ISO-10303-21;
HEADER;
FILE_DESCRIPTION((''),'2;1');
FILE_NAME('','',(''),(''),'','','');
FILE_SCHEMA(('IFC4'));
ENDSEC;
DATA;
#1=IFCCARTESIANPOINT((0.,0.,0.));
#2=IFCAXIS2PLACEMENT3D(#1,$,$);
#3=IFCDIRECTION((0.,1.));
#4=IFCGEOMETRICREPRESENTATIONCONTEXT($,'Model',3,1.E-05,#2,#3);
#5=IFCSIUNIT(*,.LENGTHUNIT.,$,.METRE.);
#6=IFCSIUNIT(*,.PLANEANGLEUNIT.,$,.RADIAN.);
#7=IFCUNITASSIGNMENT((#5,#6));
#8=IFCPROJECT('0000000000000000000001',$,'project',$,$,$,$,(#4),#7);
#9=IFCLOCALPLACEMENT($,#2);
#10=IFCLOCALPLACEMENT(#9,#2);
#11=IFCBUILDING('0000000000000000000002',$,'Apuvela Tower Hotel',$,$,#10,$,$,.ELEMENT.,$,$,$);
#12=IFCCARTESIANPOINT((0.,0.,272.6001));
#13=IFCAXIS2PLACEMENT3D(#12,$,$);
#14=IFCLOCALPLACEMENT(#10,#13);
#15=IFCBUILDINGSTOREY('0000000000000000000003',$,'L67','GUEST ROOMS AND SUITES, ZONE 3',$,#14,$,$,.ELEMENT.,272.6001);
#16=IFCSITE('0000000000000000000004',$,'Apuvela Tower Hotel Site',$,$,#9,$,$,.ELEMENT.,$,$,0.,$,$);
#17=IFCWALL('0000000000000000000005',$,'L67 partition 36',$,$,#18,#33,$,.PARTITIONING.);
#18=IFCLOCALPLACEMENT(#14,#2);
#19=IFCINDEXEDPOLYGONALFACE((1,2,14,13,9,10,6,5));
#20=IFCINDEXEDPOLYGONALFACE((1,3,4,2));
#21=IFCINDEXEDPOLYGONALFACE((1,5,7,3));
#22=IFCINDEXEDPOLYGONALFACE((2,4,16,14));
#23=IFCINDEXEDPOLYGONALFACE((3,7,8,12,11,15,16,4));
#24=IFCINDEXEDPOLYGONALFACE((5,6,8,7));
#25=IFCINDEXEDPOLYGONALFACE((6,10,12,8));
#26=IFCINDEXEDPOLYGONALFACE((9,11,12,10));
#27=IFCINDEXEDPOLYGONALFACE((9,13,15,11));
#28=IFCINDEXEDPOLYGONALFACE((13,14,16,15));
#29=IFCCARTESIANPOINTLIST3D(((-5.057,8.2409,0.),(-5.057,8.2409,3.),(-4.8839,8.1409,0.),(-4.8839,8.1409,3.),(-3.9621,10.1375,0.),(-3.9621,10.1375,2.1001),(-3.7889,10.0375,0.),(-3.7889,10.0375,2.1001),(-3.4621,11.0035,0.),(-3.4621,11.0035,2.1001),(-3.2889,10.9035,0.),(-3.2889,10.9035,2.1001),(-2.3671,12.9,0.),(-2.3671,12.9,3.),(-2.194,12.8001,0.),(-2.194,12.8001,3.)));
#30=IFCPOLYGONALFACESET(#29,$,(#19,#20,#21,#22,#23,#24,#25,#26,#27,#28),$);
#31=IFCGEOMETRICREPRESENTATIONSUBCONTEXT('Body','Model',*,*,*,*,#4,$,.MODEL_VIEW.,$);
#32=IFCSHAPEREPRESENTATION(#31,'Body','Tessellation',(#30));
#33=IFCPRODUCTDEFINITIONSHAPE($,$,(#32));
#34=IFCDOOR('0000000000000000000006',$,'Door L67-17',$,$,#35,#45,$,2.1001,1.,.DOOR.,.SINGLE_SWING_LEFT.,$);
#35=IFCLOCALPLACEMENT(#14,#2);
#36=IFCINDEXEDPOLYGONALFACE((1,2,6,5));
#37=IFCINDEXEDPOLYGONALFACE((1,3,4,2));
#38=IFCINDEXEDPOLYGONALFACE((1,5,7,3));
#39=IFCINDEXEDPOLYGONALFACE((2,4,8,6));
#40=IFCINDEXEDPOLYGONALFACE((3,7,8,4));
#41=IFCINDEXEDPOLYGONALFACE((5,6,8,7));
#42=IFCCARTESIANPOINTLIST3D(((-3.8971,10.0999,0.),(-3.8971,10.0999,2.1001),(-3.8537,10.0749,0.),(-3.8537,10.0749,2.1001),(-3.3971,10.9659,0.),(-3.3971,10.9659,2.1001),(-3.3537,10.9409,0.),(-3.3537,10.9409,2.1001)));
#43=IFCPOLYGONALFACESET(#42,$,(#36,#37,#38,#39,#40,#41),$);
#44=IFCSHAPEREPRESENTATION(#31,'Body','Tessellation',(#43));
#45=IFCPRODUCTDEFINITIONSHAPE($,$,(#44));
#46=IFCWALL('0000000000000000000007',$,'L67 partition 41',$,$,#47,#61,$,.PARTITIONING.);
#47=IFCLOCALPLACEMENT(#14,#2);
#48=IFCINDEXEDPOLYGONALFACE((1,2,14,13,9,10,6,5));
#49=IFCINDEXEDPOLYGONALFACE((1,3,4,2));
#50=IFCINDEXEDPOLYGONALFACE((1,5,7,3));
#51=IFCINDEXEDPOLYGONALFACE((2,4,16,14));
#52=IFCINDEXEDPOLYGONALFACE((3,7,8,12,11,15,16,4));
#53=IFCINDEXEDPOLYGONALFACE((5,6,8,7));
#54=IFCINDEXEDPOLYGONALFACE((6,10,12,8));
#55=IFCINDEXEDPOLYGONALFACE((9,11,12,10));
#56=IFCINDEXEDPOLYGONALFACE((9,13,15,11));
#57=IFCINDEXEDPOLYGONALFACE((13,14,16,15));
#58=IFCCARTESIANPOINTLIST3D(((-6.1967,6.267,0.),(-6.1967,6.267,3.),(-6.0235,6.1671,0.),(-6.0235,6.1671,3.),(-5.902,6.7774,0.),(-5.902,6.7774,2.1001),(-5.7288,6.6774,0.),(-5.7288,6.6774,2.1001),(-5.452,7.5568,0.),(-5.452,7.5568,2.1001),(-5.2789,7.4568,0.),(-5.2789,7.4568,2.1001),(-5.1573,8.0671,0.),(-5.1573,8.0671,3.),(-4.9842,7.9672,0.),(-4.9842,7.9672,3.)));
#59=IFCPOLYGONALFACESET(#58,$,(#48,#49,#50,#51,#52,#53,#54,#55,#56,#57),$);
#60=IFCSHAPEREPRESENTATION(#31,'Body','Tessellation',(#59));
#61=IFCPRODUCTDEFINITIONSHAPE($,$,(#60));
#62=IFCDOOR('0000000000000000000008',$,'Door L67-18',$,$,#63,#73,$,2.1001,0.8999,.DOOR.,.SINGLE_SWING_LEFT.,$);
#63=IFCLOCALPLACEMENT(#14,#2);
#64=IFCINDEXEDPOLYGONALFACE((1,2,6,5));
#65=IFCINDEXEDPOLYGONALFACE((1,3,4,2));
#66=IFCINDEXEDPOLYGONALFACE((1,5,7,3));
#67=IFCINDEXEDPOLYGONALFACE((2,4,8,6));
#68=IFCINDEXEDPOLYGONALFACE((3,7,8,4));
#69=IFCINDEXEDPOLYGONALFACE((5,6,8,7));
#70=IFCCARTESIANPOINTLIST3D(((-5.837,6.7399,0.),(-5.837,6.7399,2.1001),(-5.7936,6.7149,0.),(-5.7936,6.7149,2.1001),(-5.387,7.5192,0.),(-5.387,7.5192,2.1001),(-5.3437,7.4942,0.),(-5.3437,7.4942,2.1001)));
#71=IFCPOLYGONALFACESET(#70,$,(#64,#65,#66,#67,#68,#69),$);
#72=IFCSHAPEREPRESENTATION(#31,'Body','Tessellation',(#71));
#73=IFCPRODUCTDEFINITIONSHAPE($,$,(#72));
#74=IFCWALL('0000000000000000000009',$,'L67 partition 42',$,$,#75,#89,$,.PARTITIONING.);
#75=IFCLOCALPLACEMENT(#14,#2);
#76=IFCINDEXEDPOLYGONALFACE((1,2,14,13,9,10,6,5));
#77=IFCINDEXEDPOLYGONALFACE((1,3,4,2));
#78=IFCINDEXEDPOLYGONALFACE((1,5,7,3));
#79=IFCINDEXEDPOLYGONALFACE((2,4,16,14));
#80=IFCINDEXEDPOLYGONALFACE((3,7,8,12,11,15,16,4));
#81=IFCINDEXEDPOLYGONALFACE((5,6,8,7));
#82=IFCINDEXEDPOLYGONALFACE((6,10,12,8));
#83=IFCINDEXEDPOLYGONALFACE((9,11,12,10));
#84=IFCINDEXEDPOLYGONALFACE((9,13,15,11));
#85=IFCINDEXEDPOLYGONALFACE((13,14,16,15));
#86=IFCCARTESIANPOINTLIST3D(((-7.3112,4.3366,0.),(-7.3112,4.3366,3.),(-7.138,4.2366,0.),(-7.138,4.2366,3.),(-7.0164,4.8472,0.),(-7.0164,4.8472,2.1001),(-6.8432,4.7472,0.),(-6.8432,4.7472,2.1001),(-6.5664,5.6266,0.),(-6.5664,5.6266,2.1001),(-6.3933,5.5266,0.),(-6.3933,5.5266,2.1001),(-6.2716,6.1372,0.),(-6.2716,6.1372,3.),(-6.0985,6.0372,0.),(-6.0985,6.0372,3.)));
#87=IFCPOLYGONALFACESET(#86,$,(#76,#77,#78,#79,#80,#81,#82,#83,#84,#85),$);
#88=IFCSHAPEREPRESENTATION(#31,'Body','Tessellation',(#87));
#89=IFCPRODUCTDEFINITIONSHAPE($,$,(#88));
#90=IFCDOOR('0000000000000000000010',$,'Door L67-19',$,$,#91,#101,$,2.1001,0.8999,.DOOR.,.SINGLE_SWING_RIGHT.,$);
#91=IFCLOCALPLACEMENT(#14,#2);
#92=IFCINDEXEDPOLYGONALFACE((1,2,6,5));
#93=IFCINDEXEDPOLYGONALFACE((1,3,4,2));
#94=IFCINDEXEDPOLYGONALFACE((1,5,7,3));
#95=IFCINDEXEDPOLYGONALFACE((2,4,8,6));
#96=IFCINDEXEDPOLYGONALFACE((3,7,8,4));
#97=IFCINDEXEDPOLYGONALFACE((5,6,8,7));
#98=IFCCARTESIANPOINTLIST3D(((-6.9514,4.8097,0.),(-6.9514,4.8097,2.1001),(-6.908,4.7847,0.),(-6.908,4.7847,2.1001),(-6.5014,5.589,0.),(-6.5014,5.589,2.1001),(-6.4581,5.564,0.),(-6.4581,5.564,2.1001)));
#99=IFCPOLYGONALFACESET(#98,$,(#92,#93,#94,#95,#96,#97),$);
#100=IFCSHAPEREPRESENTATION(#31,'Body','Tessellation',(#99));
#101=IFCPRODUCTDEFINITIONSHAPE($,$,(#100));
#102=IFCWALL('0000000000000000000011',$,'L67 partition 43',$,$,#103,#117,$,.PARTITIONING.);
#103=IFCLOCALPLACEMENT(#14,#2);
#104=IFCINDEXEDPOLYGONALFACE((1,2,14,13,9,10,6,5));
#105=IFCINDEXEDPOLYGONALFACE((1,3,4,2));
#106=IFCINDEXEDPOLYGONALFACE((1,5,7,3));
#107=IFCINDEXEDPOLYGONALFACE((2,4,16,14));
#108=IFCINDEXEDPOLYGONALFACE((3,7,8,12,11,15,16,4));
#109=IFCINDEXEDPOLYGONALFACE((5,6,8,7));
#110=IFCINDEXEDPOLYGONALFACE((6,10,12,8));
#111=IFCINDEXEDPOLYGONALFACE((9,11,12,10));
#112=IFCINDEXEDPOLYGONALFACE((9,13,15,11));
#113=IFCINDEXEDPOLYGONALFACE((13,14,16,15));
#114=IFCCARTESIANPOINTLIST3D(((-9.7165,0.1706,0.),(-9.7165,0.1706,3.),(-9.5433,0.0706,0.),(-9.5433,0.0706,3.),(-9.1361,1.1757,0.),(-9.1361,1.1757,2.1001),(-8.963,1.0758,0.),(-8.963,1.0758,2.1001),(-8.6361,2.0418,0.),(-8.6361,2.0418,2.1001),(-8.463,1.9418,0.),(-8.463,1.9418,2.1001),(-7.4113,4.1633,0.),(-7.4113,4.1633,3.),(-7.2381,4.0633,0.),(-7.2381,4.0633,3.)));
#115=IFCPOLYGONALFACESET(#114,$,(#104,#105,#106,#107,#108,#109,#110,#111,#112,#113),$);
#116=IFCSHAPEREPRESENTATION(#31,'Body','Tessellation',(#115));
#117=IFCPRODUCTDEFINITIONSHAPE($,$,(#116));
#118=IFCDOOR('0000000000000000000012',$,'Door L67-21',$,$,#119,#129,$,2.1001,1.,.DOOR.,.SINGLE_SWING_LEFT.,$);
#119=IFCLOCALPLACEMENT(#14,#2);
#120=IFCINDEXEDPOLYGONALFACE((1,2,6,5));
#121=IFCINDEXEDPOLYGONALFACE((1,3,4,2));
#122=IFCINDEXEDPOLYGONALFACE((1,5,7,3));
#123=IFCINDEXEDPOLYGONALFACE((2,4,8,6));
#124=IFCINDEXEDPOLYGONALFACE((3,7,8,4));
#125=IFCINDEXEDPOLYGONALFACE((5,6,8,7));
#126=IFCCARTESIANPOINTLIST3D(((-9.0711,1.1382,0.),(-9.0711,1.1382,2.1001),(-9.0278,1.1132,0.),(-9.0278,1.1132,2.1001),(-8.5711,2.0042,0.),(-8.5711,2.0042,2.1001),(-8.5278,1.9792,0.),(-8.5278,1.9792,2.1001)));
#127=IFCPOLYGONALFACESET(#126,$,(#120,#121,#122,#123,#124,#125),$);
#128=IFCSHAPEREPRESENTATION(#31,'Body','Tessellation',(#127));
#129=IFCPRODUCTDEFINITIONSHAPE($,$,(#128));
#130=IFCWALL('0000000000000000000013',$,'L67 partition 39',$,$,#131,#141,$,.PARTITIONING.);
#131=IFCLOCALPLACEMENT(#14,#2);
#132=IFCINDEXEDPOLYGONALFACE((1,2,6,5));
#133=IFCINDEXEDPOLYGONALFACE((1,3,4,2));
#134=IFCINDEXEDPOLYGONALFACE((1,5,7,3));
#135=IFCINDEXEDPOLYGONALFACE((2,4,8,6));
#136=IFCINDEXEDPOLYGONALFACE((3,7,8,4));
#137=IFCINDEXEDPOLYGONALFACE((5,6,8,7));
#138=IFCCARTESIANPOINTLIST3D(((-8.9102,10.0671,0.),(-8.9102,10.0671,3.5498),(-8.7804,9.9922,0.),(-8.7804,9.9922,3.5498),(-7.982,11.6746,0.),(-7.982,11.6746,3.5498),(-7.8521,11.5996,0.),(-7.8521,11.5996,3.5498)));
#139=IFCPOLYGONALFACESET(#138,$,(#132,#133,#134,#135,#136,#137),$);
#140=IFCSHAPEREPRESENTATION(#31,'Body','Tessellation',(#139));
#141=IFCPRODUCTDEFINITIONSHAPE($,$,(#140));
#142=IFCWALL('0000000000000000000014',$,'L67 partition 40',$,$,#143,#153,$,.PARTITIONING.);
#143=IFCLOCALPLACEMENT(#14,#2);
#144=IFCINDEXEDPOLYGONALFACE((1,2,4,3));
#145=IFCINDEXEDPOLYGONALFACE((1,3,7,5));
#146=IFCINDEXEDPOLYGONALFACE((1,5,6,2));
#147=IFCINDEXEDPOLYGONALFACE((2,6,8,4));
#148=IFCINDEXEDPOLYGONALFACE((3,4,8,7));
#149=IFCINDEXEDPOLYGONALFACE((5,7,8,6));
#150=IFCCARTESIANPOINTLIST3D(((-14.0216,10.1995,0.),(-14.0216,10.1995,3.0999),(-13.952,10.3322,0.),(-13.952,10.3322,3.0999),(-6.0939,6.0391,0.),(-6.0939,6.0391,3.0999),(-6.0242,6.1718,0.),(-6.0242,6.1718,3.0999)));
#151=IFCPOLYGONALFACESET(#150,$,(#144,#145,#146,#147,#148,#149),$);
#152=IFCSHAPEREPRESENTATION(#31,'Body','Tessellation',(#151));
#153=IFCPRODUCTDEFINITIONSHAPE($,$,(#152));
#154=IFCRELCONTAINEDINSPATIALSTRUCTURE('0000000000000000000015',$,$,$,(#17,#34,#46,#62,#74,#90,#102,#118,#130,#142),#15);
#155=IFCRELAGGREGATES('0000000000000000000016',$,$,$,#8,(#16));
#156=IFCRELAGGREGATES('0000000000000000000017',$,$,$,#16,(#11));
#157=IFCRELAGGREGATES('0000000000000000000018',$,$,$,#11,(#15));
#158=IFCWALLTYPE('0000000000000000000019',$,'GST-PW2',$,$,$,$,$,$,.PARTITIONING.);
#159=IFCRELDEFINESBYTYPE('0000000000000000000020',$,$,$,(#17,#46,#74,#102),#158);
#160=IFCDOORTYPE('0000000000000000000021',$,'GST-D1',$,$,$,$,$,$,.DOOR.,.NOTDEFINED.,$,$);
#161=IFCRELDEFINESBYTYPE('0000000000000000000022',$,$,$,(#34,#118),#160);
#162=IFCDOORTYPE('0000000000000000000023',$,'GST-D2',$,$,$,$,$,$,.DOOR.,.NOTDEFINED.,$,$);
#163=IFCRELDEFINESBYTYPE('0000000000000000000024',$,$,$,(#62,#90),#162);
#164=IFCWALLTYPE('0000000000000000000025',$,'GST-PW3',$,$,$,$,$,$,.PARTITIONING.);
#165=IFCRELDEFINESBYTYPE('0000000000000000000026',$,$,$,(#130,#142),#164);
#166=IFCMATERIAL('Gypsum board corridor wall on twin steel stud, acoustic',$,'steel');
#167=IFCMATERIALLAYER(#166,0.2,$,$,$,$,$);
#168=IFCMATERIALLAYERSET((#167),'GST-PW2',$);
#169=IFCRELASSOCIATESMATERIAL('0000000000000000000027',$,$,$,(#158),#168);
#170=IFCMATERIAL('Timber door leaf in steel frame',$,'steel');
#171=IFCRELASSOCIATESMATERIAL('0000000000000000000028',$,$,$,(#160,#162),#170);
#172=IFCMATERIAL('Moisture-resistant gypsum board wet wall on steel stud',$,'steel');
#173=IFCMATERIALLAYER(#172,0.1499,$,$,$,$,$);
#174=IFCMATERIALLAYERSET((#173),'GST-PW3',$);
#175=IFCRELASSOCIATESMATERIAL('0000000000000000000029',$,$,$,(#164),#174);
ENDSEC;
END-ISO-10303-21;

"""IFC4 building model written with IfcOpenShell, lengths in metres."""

from ifc_helpers import new_model, si_unit, direction, frame, frame_2d, origin, place, context, subcontext, project, spatial, rectangle, extrude, material, layer, layer_set, type_object, element, fill, save


model = new_model("IFC4")

# Units and contexts
model_context = context("Model", 3, precision=1e-05, world=origin(), true_north=direction((0.0, 1.0)))
body_context = subcontext(model_context, "Body", "Model", "MODEL_VIEW")
ifc_project = project(units=[si_unit("LENGTHUNIT", "METRE"), si_unit("PLANEANGLEUNIT", "RADIAN")], contexts=[model_context])

# Site, building, storey
site_placement = place(None, origin())
site = spatial("IfcSite", under=ifc_project, at=site_placement, Name="Apuvela Tower Hotel Site", CompositionType="ELEMENT", RefElevation=0.0)
building_placement = place(site_placement, origin())
building = spatial("IfcBuilding", under=site, at=building_placement, Name="Apuvela Tower Hotel", CompositionType="ELEMENT")
storey_placement = place(building_placement, frame((0.0, 0.0, 272.6001)))
storey = spatial("IfcBuildingStorey", under=building, at=storey_placement, Name="L67", Description="GUEST ROOMS AND SUITES, ZONE 3", CompositionType="ELEMENT", Elevation=272.6001)

# Walls, openings, doors
ifc_material_1 = material(Name="Gypsum board corridor wall on twin steel stud, acoustic", Category="steel")
ifc_layer_1 = layer(ifc_material_1, 0.2)
ifc_layer_set_1 = layer_set([ifc_layer_1], Name="GST-PW2")
wall_type_1 = type_object("IfcWallType", Name="GST-PW2", PredefinedType="PARTITIONING", material=ifc_layer_set_1)
wall_1_placement = place(storey_placement, frame((-4.9705, 8.1909, 0.0), z_axis=(0.0, 0.0, 1.0), x_axis=(0.499995, 0.866028, 0.0)))
wall_1 = element("IfcWall", 1, at=wall_1_placement, inside=storey, type_object=wall_type_1, Name="L67 partition 36", PredefinedType="PARTITIONING", context=body_context, shape_type="SweptSolid", body=[
    extrude(rectangle(XDim=5.3799, YDim=0.2, at=frame_2d((2.6899, 0.0))), origin(), (0.0, 0.0, 1.0), 3.0),
])
opening_1_placement = place(wall_1_placement, frame((2.1899, 0.0, 0.0)))
opening_1 = element("IfcOpeningElement", 2, at=opening_1_placement, cuts=wall_1, PredefinedType="OPENING", context=body_context, shape_type="SweptSolid", body=[
    extrude(rectangle(XDim=1.0, YDim=2.1001, at=frame_2d((0.5, 1.05))), frame((0.0, 0.1099, 0.0), z_axis=(0.0, -1.0, 0.0), x_axis=(1.0, 0.0, 0.0)), (0.0, 0.0, 1.0), 0.22),
])
ifc_material_2 = material(Name="Timber door leaf in steel frame", Category="steel")
door_type_1 = type_object("IfcDoorType", Name="GST-D1", OperationType="NOTDEFINED", PredefinedType="DOOR", material=ifc_material_2)
door_1_placement = place(opening_1_placement, origin())
door_1 = element("IfcDoor", 3, at=door_1_placement, inside=storey, type_object=door_type_1, Name="Door L67-17", OperationType="SINGLE_SWING_LEFT", OverallHeight=2.1001, OverallWidth=1.0, PredefinedType="DOOR", context=body_context, shape_type="SweptSolid", body=[
    extrude(rectangle(XDim=1.0, YDim=2.1001, at=frame_2d((0.5, 1.05))), frame((0.0, 0.0249, 0.0), z_axis=(0.0, -1.0, 0.0), x_axis=(1.0, 0.0, 0.0)), (0.0, 0.0, 1.0), 0.05),
])
fill(opening_1, door_1)
wall_2_placement = place(storey_placement, frame((-6.1101, 6.217, 0.0), z_axis=(0.0, 0.0, 1.0), x_axis=(0.500017, 0.866015, 0.0)))
wall_2 = element("IfcWall", 4, at=wall_2_placement, inside=storey, type_object=wall_type_1, Name="L67 partition 41", PredefinedType="PARTITIONING", context=body_context, shape_type="SweptSolid", body=[
    extrude(rectangle(XDim=2.0786, YDim=0.2, at=frame_2d((1.0393, 0.0))), origin(), (0.0, 0.0, 1.0), 3.0),
])
opening_2_placement = place(wall_2_placement, frame((0.5894, 0.0, 0.0)))
opening_2 = element("IfcOpeningElement", 5, at=opening_2_placement, cuts=wall_2, PredefinedType="OPENING", context=body_context, shape_type="SweptSolid", body=[
    extrude(rectangle(XDim=0.8999, YDim=2.1001, at=frame_2d((0.45, 1.05))), frame((0.0, 0.1099, 0.0), z_axis=(0.0, -1.0, 0.0), x_axis=(1.0, 0.0, 0.0)), (0.0, 0.0, 1.0), 0.22),
])
door_type_2 = type_object("IfcDoorType", Name="GST-D2", OperationType="NOTDEFINED", PredefinedType="DOOR", material=ifc_material_2)
door_2_placement = place(opening_2_placement, origin())
door_2 = element("IfcDoor", 6, at=door_2_placement, inside=storey, type_object=door_type_2, Name="Door L67-18", OperationType="SINGLE_SWING_LEFT", OverallHeight=2.1001, OverallWidth=0.8999, PredefinedType="DOOR", context=body_context, shape_type="SweptSolid", body=[
    extrude(rectangle(XDim=0.8999, YDim=2.1001, at=frame_2d((0.45, 1.05))), frame((0.0, 0.0249, 0.0), z_axis=(0.0, -1.0, 0.0), x_axis=(1.0, 0.0, 0.0)), (0.0, 0.0, 1.0), 0.05),
])
fill(opening_2, door_2)
wall_3_placement = place(storey_placement, frame((-7.2246, 4.2866, 0.0), z_axis=(0.0, 0.0, 1.0), x_axis=(0.500004, 0.866023, 0.0)))
wall_3 = element("IfcWall", 7, at=wall_3_placement, inside=storey, type_object=wall_type_1, Name="L67 partition 42", PredefinedType="PARTITIONING", context=body_context, shape_type="SweptSolid", body=[
    extrude(rectangle(XDim=2.0791, YDim=0.2, at=frame_2d((1.0396, 0.0))), origin(), (0.0, 0.0, 1.0), 3.0),
])
opening_3_placement = place(wall_3_placement, frame((0.5896, 0.0, 0.0)))
opening_3 = element("IfcOpeningElement", 8, at=opening_3_placement, cuts=wall_3, PredefinedType="OPENING", context=body_context, shape_type="SweptSolid", body=[
    extrude(rectangle(XDim=0.8999, YDim=2.1001, at=frame_2d((0.45, 1.05))), frame((0.0, 0.1099, 0.0), z_axis=(0.0, -1.0, 0.0), x_axis=(1.0, 0.0, 0.0)), (0.0, 0.0, 1.0), 0.22),
])
door_3_placement = place(opening_3_placement, origin())
door_3 = element("IfcDoor", 9, at=door_3_placement, inside=storey, type_object=door_type_2, Name="Door L67-19", OperationType="SINGLE_SWING_RIGHT", OverallHeight=2.1001, OverallWidth=0.8999, PredefinedType="DOOR", context=body_context, shape_type="SweptSolid", body=[
    extrude(rectangle(XDim=0.8999, YDim=2.1001, at=frame_2d((0.45, 1.05))), frame((0.0, 0.0249, 0.0), z_axis=(0.0, -1.0, 0.0), x_axis=(1.0, 0.0, 0.0)), (0.0, 0.0, 1.0), 0.05),
])
fill(opening_3, door_3)
wall_4_placement = place(storey_placement, frame((-9.6299, 0.1206, 0.0), z_axis=(0.0, 0.0, 1.0), x_axis=(0.500001, 0.866025, 0.0)))
wall_4 = element("IfcWall", 10, at=wall_4_placement, inside=storey, type_object=wall_type_1, Name="L67 partition 43", PredefinedType="PARTITIONING", context=body_context, shape_type="SweptSolid", body=[
    extrude(rectangle(XDim=4.6104, YDim=0.2, at=frame_2d((2.3052, 0.0))), origin(), (0.0, 0.0, 1.0), 3.0),
])
opening_4_placement = place(wall_4_placement, frame((1.1606, 0.0, 0.0)))
opening_4 = element("IfcOpeningElement", 11, at=opening_4_placement, cuts=wall_4, PredefinedType="OPENING", context=body_context, shape_type="SweptSolid", body=[
    extrude(rectangle(XDim=1.0, YDim=2.1001, at=frame_2d((0.5, 1.05))), frame((0.0, 0.1099, 0.0), z_axis=(0.0, -1.0, 0.0), x_axis=(1.0, 0.0, 0.0)), (0.0, 0.0, 1.0), 0.22),
])
door_4_placement = place(opening_4_placement, origin())
door_4 = element("IfcDoor", 12, at=door_4_placement, inside=storey, type_object=door_type_1, Name="Door L67-21", OperationType="SINGLE_SWING_LEFT", OverallHeight=2.1001, OverallWidth=1.0, PredefinedType="DOOR", context=body_context, shape_type="SweptSolid", body=[
    extrude(rectangle(XDim=1.0, YDim=2.1001, at=frame_2d((0.5, 1.05))), frame((0.0, 0.0249, 0.0), z_axis=(0.0, -1.0, 0.0), x_axis=(1.0, 0.0, 0.0)), (0.0, 0.0, 1.0), 0.05),
])
fill(opening_4, door_4)

# Walls
ifc_material_3 = material(Name="Moisture-resistant gypsum board wet wall on steel stud", Category="steel")
ifc_layer_2 = layer(ifc_material_3, 0.1499)
ifc_layer_set_2 = layer_set([ifc_layer_2], Name="GST-PW3")
wall_type_2 = type_object("IfcWallType", Name="GST-PW3", PredefinedType="PARTITIONING", material=ifc_layer_set_2)
wall_5_placement = place(storey_placement, frame((-7.917, 11.6372, 0.0), z_axis=(0.0, 0.0, 1.0), x_axis=(-0.500072, -0.865984, 0.0)))
element("IfcWall", 13, at=wall_5_placement, inside=storey, type_object=wall_type_2, Name="L67 partition 39", PredefinedType="PARTITIONING", context=body_context, shape_type="SweptSolid", body=[
    extrude(rectangle(XDim=1.8562, YDim=0.1499, at=frame_2d((0.9282, 0.0))), origin(), (0.0, 0.0, 1.0), 3.5498),
])
wall_6_placement = place(storey_placement, frame((-13.9868, 10.2659, 0.0), z_axis=(0.0, 0.0, 1.0), x_axis=(0.885474, -0.464689, 0.0)))
element("IfcWall", 14, at=wall_6_placement, inside=storey, type_object=wall_type_2, Name="L67 partition 40", PredefinedType="PARTITIONING", context=body_context, shape_type="SweptSolid", body=[
    extrude(rectangle(XDim=8.9531, YDim=0.1499, at=frame_2d((4.4766, 0.0))), origin(), (0.0, 0.0, 1.0), 3.0999),
])

save(model, "model.ifc")
